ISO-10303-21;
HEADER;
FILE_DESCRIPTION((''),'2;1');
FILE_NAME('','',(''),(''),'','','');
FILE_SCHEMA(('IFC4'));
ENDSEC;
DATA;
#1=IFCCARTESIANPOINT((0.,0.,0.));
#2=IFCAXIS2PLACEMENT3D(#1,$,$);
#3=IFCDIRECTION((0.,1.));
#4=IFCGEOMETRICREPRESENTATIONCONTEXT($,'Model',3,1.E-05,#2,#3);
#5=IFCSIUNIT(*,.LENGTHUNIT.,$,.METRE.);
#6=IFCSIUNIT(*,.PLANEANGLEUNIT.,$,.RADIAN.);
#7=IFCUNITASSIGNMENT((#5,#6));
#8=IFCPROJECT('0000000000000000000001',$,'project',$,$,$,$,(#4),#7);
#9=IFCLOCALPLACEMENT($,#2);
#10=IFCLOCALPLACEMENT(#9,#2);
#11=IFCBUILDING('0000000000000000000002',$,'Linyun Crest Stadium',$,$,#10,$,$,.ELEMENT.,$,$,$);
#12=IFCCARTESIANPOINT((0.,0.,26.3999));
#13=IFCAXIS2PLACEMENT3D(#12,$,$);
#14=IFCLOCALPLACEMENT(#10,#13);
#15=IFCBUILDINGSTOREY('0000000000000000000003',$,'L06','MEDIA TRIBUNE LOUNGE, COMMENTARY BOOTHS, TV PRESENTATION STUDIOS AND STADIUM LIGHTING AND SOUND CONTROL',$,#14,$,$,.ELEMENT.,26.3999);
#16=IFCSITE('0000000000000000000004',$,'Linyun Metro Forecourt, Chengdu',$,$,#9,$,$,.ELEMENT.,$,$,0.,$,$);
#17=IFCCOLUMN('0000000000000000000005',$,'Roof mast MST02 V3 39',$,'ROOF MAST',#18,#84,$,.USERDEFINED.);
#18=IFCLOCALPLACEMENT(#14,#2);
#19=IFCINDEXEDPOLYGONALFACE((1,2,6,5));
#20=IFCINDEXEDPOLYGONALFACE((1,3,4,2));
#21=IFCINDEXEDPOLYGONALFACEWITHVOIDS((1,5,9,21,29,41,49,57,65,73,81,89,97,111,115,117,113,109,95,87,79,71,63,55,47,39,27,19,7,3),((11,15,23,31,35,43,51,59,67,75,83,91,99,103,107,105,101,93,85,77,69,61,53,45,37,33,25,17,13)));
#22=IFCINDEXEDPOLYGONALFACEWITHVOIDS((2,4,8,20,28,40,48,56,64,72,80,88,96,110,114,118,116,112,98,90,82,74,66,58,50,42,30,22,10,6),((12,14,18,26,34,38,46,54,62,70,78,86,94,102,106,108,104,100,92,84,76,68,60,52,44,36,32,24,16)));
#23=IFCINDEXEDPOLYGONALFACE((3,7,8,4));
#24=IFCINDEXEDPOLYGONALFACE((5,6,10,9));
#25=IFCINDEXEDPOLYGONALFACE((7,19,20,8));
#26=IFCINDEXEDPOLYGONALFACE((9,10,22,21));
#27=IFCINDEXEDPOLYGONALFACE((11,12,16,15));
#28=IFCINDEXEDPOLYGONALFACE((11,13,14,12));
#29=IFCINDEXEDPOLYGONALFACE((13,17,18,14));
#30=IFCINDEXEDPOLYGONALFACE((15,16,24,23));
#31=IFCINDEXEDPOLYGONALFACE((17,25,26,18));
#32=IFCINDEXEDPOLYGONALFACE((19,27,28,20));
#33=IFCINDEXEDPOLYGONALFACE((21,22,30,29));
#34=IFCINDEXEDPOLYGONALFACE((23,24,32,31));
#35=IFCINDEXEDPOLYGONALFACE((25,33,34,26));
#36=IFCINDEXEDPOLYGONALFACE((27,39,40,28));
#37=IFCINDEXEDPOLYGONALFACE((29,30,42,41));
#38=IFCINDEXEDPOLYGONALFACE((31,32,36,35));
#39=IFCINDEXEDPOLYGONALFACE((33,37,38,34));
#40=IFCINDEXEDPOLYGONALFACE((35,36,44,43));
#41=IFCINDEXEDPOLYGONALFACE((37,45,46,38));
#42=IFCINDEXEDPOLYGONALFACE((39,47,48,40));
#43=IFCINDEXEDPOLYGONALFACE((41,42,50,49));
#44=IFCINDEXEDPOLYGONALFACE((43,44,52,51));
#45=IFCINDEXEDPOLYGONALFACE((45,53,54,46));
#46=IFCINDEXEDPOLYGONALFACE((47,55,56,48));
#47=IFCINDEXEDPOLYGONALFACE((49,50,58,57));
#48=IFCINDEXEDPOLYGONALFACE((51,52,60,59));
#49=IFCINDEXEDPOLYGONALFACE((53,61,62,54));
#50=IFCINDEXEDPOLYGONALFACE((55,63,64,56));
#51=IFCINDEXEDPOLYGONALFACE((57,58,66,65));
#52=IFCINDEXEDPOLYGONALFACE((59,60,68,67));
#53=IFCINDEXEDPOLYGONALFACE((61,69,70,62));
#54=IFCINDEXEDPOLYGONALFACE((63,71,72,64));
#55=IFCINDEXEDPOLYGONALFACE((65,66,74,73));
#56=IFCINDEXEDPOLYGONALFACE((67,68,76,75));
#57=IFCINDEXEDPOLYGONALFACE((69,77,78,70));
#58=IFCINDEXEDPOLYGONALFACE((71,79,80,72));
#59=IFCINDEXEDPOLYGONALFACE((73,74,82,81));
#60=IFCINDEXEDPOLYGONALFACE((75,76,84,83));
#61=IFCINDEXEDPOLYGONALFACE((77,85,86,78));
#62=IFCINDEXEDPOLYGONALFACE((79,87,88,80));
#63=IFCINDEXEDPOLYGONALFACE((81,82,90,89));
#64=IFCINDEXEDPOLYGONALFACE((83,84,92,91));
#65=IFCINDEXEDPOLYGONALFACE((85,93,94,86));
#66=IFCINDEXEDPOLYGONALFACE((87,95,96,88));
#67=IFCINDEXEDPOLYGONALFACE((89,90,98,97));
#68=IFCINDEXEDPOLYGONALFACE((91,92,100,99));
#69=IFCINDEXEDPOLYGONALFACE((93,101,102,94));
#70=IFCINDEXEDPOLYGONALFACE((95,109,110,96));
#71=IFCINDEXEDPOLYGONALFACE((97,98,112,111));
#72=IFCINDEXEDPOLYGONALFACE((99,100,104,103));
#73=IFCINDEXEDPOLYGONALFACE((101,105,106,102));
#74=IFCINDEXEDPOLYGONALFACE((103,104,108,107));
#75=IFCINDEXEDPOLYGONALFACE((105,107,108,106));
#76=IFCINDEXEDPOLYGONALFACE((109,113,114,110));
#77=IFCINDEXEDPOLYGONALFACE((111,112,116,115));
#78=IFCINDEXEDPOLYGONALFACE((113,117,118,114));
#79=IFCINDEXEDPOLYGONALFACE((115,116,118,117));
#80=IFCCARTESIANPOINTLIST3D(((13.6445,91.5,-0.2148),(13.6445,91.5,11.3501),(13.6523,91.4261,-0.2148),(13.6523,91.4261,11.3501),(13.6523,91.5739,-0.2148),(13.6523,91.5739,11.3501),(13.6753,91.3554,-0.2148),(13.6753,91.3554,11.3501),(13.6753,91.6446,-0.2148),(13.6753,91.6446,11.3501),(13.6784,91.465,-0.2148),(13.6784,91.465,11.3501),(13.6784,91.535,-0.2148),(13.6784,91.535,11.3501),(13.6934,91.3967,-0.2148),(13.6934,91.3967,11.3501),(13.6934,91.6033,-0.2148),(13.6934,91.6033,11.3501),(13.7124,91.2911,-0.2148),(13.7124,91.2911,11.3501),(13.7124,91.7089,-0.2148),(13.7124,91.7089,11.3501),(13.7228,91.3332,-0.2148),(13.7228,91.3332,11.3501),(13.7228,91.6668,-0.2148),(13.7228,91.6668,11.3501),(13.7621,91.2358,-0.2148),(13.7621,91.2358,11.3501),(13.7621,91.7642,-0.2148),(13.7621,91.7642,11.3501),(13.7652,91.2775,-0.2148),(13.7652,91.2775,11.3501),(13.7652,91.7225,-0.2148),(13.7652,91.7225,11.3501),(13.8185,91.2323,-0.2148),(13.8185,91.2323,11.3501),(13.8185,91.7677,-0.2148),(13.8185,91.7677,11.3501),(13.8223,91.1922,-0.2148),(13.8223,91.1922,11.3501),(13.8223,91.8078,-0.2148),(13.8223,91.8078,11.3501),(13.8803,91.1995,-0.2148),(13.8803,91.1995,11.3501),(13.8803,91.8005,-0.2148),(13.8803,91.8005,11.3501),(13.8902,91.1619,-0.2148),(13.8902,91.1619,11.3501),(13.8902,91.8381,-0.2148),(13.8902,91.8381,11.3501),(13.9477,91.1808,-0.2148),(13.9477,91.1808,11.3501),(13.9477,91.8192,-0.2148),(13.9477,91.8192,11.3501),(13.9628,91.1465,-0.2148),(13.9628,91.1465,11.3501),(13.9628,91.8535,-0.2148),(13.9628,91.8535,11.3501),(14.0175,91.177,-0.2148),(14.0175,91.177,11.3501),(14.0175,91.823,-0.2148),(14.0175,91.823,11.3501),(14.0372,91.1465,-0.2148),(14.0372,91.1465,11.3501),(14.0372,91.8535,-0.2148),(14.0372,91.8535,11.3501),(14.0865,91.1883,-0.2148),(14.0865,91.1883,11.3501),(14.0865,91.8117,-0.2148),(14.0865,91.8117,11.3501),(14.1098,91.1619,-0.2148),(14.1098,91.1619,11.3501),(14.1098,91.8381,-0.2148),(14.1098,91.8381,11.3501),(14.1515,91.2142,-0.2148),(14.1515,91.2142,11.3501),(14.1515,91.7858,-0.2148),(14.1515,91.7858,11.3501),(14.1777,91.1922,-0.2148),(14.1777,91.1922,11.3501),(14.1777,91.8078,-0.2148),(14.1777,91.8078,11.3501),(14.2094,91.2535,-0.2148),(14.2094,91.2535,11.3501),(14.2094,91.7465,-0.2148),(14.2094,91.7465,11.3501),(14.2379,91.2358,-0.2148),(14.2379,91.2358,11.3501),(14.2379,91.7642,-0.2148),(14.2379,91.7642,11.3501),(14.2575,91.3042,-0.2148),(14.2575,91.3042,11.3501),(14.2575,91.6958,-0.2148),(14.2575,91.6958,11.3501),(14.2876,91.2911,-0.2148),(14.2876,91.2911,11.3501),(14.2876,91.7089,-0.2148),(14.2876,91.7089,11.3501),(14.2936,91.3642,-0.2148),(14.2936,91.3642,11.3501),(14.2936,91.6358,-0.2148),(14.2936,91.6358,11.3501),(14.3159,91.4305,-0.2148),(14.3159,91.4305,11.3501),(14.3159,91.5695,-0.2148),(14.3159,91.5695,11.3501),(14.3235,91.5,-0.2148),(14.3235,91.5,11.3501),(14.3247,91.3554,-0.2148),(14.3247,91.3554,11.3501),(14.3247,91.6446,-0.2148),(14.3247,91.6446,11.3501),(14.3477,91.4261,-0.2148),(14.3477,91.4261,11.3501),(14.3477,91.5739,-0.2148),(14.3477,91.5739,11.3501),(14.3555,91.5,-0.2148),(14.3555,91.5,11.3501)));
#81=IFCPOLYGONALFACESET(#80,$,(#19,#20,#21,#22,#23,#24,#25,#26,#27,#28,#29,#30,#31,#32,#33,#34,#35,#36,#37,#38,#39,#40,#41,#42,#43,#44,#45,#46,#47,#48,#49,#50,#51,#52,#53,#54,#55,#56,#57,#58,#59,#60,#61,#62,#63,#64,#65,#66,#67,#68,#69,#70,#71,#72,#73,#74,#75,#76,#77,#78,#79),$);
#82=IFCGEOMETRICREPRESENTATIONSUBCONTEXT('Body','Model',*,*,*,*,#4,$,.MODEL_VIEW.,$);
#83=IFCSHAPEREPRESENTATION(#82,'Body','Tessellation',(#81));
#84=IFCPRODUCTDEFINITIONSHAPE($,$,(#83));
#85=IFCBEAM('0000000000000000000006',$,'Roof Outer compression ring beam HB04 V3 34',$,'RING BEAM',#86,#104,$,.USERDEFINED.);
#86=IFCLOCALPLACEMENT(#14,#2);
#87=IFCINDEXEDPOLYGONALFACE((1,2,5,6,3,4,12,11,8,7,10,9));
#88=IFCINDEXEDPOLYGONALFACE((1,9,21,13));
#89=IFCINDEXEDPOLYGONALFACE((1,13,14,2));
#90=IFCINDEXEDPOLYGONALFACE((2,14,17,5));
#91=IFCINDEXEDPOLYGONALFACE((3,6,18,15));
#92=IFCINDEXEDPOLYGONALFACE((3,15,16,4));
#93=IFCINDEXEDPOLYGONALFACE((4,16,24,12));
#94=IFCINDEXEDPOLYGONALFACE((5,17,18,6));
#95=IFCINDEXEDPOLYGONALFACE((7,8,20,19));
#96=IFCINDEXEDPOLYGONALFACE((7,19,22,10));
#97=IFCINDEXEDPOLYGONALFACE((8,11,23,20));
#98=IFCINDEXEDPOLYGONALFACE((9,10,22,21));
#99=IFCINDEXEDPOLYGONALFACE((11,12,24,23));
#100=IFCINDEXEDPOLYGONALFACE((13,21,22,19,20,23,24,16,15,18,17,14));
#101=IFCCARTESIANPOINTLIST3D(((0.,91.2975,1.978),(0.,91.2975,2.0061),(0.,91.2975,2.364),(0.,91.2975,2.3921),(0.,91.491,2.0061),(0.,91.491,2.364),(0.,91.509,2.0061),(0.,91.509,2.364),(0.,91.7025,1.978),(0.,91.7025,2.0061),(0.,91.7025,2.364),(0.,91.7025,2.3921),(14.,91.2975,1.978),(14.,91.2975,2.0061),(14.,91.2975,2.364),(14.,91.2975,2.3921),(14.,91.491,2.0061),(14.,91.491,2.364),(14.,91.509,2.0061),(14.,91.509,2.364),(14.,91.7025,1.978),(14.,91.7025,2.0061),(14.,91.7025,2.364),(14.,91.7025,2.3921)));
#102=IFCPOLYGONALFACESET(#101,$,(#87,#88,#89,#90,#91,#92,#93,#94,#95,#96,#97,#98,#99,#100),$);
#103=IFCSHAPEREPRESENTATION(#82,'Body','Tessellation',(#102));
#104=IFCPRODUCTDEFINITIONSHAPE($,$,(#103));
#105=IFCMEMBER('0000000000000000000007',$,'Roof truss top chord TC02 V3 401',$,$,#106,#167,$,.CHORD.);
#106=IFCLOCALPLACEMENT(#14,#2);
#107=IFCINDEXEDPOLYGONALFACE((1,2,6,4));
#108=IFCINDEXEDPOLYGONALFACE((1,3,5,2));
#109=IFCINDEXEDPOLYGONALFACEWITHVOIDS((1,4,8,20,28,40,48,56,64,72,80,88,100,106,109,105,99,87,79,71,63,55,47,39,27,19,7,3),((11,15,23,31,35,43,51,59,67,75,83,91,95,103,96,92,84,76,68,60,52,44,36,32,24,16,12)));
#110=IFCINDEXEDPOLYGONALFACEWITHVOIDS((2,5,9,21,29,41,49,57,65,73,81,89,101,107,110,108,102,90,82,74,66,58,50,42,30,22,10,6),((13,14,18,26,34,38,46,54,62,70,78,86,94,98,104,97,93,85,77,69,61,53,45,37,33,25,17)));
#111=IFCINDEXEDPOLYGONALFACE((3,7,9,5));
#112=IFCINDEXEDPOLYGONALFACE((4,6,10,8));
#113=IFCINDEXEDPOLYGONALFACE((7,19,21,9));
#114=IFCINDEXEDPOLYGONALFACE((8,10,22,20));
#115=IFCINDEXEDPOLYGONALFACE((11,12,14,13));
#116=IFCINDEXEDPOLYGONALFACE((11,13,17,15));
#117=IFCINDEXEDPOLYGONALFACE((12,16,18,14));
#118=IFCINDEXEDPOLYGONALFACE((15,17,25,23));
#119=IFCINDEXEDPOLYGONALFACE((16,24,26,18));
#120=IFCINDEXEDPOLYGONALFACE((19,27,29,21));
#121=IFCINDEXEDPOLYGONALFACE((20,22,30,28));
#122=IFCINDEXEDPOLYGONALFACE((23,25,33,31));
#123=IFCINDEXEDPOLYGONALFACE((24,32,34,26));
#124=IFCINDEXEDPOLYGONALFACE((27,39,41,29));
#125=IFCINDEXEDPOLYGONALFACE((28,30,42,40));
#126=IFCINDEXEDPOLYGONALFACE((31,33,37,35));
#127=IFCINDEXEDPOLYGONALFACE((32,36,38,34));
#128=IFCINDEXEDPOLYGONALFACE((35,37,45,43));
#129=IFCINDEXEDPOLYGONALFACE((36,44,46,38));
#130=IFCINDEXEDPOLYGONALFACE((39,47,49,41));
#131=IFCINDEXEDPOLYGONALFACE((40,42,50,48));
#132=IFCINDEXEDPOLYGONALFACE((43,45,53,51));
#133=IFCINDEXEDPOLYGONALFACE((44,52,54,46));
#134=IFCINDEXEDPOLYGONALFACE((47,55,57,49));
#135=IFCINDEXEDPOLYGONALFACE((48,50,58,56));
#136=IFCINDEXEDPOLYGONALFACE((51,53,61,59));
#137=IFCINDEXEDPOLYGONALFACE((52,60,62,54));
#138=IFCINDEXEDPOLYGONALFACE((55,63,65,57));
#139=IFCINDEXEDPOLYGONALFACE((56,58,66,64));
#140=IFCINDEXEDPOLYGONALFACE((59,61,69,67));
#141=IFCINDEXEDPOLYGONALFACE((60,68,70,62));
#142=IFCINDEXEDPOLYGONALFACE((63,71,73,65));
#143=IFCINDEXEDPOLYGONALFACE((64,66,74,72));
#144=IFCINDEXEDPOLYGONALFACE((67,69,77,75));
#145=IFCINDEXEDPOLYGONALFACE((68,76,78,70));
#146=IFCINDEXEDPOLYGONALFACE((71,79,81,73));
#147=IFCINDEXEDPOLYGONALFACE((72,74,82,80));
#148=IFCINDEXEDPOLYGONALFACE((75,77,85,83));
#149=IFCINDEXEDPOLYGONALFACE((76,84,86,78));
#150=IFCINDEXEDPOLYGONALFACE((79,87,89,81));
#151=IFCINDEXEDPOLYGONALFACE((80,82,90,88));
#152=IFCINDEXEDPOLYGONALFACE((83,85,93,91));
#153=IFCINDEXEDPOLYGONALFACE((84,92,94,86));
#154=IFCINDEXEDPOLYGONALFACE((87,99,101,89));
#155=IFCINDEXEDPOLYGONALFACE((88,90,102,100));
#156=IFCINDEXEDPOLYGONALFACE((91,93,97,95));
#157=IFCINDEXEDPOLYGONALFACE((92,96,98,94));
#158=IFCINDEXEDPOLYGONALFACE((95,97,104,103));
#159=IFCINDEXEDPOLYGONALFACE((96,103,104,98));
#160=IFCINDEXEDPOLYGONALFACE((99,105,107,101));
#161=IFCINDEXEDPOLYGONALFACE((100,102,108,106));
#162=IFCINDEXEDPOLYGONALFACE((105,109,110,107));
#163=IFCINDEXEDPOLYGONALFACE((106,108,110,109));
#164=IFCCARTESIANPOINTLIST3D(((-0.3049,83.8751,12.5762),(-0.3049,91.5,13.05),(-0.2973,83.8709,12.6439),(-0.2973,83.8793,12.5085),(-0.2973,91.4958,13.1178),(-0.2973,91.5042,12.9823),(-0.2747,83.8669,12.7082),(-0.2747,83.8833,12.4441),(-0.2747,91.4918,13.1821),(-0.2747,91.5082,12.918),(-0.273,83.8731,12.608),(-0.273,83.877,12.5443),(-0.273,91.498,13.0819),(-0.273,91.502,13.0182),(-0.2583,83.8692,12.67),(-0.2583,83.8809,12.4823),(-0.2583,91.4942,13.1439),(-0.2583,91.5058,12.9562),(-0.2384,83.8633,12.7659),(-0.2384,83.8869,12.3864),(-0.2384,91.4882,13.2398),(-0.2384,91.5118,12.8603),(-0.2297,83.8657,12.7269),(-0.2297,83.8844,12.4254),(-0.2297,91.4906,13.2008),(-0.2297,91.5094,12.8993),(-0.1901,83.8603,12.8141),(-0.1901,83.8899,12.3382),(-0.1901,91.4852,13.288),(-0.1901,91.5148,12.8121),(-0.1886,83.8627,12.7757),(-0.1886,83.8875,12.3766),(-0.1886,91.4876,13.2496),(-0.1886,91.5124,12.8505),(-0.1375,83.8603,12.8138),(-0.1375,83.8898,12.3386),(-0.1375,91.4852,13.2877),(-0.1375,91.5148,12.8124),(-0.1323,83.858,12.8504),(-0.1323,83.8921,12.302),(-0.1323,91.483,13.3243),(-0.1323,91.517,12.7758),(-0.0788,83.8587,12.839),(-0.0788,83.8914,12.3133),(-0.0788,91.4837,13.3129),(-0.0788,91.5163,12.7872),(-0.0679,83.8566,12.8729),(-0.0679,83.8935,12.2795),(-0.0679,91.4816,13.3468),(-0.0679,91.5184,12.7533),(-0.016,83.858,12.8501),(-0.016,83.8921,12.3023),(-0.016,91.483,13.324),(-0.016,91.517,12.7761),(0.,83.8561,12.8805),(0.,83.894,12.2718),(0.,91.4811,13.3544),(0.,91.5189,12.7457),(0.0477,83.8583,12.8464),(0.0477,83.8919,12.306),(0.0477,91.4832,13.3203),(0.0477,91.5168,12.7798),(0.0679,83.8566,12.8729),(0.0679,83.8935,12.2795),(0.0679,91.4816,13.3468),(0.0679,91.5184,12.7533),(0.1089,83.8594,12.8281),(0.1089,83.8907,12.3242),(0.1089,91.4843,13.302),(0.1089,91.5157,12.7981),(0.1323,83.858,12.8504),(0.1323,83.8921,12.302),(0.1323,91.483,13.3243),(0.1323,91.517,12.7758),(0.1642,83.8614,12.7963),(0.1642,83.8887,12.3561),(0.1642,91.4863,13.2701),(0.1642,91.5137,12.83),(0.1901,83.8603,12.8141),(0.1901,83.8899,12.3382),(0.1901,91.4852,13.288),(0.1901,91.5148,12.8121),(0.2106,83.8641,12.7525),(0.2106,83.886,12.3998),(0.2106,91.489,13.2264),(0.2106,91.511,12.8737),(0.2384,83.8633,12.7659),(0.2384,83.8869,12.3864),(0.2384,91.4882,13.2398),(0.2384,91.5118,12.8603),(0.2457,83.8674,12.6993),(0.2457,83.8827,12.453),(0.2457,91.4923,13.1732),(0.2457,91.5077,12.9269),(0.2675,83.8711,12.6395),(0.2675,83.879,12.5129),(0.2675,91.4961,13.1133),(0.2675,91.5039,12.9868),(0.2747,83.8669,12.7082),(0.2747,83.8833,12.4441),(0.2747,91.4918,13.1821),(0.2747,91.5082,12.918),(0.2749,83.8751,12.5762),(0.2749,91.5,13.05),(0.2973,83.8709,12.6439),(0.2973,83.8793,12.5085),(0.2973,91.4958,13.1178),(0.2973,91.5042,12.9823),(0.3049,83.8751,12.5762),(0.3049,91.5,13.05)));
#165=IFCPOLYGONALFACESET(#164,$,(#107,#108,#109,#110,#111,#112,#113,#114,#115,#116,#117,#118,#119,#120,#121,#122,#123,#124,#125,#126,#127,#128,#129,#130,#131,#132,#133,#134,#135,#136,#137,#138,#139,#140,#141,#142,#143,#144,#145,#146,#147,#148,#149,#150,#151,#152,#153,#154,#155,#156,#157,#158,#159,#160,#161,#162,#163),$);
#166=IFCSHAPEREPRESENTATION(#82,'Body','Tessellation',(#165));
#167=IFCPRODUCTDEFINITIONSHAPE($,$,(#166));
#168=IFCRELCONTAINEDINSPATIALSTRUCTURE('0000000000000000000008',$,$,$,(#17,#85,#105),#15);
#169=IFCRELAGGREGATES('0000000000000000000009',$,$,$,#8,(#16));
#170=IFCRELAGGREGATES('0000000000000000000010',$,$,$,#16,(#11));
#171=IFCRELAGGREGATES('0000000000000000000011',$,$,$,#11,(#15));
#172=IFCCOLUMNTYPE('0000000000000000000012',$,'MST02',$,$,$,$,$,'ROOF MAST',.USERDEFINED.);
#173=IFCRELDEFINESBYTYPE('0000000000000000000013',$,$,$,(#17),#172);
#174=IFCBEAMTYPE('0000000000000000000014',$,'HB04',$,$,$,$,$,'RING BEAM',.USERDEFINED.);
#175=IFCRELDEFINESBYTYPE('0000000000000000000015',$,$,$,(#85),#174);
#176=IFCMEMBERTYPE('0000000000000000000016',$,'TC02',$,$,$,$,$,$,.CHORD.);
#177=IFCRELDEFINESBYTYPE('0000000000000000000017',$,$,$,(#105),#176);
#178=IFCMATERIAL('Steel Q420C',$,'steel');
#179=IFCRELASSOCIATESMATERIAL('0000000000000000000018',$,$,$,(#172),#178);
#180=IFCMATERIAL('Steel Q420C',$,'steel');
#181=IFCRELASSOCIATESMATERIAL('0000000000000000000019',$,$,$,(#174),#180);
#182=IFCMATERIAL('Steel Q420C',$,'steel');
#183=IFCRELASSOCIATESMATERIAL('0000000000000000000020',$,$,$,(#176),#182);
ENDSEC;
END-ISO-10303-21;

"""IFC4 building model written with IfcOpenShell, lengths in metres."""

from ifc_helpers import new_model, si_unit, direction, frame, origin, origin_2d, place, context, subcontext, project, spatial, hollow_circle, i_section, extrude, material, material_profile, profile_set, type_object, element, save


model = new_model("IFC4")

# Units and contexts
model_context = context("Model", 3, precision=1e-05, world=origin(), true_north=direction((0.0, 1.0)))
body_context = subcontext(model_context, "Body", "Model", "MODEL_VIEW")
ifc_project = project(units=[si_unit("LENGTHUNIT", "METRE"), si_unit("PLANEANGLEUNIT", "RADIAN")], contexts=[model_context])

# Site, building, storey
site_placement = place(None, origin())
site = spatial("IfcSite", under=ifc_project, at=site_placement, Name="Linyun Metro Forecourt, Chengdu", CompositionType="ELEMENT", RefElevation=0.0)
building_placement = place(site_placement, origin())
building = spatial("IfcBuilding", under=site, at=building_placement, Name="Linyun Crest Stadium", CompositionType="ELEMENT")
storey_placement = place(building_placement, frame((0.0, 0.0, 26.3999)))
storey = spatial("IfcBuildingStorey", under=building, at=storey_placement, Name="L06", Description="MEDIA TRIBUNE LOUNGE, COMMENTARY BOOTHS, TV PRESENTATION STUDIOS AND STADIUM LIGHTING AND SOUND CONTROL", CompositionType="ELEMENT", Elevation=26.3999)

# Column
ifc_material_1 = material(Name="Steel Q420C", Category="steel")
ifc_material_profile_1 = material_profile(ifc_material_1, hollow_circle(Radius=0.3555, WallThickness=0.032, at=origin_2d()), Name="CHS 711x32")
ifc_profile_set_1 = profile_set([ifc_material_profile_1], Name="Steel Q420C")
column_type = type_object("IfcColumnType", Name="MST02", ElementType="ROOF MAST", PredefinedType="USERDEFINED", material=ifc_profile_set_1)
column_placement = place(storey_placement, frame((14.0, 91.5, -0.2148), z_axis=(0.0, 0.0, 1.0), x_axis=(1.0, 0.0, 0.0)))
element("IfcColumn", 1, at=column_placement, inside=storey, type_object=column_type, Name="Roof mast MST02 V3 39", ObjectType="ROOF MAST", PredefinedType="USERDEFINED", context=body_context, shape_type="SweptSolid", body=[
    extrude(hollow_circle(Radius=0.3555, WallThickness=0.032, at=origin_2d()), origin(), (0.0, 0.0, 1.0), 11.5649),
])

# Beam
ifc_material_2 = material(Name="Steel Q420C", Category="steel")
ifc_material_profile_2 = material_profile(ifc_material_2, i_section(OverallWidth=0.405, OverallDepth=0.4141, WebThickness=0.0181, FlangeThickness=0.0281, at=origin_2d()), Name="HW 414x405")
ifc_profile_set_2 = profile_set([ifc_material_profile_2], Name="Steel Q420C")
beam_type = type_object("IfcBeamType", Name="HB04", ElementType="RING BEAM", PredefinedType="USERDEFINED", material=ifc_profile_set_2)
beam_placement = place(storey_placement, frame((0.0, 91.5, 2.1851), z_axis=(1.0, 0.0, 0.0), x_axis=(0.0, 1.0, 0.0)))
element("IfcBeam", 2, at=beam_placement, inside=storey, type_object=beam_type, Name="Roof Outer compression ring beam HB04 V3 34", ObjectType="RING BEAM", PredefinedType="USERDEFINED", context=body_context, shape_type="SweptSolid", body=[
    extrude(i_section(OverallWidth=0.405, OverallDepth=0.4141, WebThickness=0.0181, FlangeThickness=0.0281, at=origin_2d()), origin(), (0.0, 0.0, 1.0), 14.0),
])

# Member
ifc_material_3 = material(Name="Steel Q420C", Category="steel")
ifc_material_profile_3 = material_profile(ifc_material_3, hollow_circle(Radius=0.3049, WallThickness=0.03, at=origin_2d()), Name="CHS 610x30")
ifc_profile_set_3 = profile_set([ifc_material_profile_3], Name="Steel Q420C")
member_type_1 = type_object("IfcMemberType", Name="TC02", PredefinedType="CHORD", material=ifc_profile_set_3)
member_1_placement = place(storey_placement, frame((0.0, 91.5, 13.05), z_axis=(0.0, -0.998074, -0.062028), x_axis=(1.0, 0.0, 0.0)))
element("IfcMember", 3, at=member_1_placement, inside=storey, type_object=member_type_1, Name="Roof truss top chord TC02 V3 401", PredefinedType="CHORD", context=body_context, shape_type="SweptSolid", body=[
    extrude(hollow_circle(Radius=0.3049, WallThickness=0.03, at=origin_2d()), origin(), (0.0, 0.0, 1.0), 7.6396),
])

save(model, "model.ifc")
